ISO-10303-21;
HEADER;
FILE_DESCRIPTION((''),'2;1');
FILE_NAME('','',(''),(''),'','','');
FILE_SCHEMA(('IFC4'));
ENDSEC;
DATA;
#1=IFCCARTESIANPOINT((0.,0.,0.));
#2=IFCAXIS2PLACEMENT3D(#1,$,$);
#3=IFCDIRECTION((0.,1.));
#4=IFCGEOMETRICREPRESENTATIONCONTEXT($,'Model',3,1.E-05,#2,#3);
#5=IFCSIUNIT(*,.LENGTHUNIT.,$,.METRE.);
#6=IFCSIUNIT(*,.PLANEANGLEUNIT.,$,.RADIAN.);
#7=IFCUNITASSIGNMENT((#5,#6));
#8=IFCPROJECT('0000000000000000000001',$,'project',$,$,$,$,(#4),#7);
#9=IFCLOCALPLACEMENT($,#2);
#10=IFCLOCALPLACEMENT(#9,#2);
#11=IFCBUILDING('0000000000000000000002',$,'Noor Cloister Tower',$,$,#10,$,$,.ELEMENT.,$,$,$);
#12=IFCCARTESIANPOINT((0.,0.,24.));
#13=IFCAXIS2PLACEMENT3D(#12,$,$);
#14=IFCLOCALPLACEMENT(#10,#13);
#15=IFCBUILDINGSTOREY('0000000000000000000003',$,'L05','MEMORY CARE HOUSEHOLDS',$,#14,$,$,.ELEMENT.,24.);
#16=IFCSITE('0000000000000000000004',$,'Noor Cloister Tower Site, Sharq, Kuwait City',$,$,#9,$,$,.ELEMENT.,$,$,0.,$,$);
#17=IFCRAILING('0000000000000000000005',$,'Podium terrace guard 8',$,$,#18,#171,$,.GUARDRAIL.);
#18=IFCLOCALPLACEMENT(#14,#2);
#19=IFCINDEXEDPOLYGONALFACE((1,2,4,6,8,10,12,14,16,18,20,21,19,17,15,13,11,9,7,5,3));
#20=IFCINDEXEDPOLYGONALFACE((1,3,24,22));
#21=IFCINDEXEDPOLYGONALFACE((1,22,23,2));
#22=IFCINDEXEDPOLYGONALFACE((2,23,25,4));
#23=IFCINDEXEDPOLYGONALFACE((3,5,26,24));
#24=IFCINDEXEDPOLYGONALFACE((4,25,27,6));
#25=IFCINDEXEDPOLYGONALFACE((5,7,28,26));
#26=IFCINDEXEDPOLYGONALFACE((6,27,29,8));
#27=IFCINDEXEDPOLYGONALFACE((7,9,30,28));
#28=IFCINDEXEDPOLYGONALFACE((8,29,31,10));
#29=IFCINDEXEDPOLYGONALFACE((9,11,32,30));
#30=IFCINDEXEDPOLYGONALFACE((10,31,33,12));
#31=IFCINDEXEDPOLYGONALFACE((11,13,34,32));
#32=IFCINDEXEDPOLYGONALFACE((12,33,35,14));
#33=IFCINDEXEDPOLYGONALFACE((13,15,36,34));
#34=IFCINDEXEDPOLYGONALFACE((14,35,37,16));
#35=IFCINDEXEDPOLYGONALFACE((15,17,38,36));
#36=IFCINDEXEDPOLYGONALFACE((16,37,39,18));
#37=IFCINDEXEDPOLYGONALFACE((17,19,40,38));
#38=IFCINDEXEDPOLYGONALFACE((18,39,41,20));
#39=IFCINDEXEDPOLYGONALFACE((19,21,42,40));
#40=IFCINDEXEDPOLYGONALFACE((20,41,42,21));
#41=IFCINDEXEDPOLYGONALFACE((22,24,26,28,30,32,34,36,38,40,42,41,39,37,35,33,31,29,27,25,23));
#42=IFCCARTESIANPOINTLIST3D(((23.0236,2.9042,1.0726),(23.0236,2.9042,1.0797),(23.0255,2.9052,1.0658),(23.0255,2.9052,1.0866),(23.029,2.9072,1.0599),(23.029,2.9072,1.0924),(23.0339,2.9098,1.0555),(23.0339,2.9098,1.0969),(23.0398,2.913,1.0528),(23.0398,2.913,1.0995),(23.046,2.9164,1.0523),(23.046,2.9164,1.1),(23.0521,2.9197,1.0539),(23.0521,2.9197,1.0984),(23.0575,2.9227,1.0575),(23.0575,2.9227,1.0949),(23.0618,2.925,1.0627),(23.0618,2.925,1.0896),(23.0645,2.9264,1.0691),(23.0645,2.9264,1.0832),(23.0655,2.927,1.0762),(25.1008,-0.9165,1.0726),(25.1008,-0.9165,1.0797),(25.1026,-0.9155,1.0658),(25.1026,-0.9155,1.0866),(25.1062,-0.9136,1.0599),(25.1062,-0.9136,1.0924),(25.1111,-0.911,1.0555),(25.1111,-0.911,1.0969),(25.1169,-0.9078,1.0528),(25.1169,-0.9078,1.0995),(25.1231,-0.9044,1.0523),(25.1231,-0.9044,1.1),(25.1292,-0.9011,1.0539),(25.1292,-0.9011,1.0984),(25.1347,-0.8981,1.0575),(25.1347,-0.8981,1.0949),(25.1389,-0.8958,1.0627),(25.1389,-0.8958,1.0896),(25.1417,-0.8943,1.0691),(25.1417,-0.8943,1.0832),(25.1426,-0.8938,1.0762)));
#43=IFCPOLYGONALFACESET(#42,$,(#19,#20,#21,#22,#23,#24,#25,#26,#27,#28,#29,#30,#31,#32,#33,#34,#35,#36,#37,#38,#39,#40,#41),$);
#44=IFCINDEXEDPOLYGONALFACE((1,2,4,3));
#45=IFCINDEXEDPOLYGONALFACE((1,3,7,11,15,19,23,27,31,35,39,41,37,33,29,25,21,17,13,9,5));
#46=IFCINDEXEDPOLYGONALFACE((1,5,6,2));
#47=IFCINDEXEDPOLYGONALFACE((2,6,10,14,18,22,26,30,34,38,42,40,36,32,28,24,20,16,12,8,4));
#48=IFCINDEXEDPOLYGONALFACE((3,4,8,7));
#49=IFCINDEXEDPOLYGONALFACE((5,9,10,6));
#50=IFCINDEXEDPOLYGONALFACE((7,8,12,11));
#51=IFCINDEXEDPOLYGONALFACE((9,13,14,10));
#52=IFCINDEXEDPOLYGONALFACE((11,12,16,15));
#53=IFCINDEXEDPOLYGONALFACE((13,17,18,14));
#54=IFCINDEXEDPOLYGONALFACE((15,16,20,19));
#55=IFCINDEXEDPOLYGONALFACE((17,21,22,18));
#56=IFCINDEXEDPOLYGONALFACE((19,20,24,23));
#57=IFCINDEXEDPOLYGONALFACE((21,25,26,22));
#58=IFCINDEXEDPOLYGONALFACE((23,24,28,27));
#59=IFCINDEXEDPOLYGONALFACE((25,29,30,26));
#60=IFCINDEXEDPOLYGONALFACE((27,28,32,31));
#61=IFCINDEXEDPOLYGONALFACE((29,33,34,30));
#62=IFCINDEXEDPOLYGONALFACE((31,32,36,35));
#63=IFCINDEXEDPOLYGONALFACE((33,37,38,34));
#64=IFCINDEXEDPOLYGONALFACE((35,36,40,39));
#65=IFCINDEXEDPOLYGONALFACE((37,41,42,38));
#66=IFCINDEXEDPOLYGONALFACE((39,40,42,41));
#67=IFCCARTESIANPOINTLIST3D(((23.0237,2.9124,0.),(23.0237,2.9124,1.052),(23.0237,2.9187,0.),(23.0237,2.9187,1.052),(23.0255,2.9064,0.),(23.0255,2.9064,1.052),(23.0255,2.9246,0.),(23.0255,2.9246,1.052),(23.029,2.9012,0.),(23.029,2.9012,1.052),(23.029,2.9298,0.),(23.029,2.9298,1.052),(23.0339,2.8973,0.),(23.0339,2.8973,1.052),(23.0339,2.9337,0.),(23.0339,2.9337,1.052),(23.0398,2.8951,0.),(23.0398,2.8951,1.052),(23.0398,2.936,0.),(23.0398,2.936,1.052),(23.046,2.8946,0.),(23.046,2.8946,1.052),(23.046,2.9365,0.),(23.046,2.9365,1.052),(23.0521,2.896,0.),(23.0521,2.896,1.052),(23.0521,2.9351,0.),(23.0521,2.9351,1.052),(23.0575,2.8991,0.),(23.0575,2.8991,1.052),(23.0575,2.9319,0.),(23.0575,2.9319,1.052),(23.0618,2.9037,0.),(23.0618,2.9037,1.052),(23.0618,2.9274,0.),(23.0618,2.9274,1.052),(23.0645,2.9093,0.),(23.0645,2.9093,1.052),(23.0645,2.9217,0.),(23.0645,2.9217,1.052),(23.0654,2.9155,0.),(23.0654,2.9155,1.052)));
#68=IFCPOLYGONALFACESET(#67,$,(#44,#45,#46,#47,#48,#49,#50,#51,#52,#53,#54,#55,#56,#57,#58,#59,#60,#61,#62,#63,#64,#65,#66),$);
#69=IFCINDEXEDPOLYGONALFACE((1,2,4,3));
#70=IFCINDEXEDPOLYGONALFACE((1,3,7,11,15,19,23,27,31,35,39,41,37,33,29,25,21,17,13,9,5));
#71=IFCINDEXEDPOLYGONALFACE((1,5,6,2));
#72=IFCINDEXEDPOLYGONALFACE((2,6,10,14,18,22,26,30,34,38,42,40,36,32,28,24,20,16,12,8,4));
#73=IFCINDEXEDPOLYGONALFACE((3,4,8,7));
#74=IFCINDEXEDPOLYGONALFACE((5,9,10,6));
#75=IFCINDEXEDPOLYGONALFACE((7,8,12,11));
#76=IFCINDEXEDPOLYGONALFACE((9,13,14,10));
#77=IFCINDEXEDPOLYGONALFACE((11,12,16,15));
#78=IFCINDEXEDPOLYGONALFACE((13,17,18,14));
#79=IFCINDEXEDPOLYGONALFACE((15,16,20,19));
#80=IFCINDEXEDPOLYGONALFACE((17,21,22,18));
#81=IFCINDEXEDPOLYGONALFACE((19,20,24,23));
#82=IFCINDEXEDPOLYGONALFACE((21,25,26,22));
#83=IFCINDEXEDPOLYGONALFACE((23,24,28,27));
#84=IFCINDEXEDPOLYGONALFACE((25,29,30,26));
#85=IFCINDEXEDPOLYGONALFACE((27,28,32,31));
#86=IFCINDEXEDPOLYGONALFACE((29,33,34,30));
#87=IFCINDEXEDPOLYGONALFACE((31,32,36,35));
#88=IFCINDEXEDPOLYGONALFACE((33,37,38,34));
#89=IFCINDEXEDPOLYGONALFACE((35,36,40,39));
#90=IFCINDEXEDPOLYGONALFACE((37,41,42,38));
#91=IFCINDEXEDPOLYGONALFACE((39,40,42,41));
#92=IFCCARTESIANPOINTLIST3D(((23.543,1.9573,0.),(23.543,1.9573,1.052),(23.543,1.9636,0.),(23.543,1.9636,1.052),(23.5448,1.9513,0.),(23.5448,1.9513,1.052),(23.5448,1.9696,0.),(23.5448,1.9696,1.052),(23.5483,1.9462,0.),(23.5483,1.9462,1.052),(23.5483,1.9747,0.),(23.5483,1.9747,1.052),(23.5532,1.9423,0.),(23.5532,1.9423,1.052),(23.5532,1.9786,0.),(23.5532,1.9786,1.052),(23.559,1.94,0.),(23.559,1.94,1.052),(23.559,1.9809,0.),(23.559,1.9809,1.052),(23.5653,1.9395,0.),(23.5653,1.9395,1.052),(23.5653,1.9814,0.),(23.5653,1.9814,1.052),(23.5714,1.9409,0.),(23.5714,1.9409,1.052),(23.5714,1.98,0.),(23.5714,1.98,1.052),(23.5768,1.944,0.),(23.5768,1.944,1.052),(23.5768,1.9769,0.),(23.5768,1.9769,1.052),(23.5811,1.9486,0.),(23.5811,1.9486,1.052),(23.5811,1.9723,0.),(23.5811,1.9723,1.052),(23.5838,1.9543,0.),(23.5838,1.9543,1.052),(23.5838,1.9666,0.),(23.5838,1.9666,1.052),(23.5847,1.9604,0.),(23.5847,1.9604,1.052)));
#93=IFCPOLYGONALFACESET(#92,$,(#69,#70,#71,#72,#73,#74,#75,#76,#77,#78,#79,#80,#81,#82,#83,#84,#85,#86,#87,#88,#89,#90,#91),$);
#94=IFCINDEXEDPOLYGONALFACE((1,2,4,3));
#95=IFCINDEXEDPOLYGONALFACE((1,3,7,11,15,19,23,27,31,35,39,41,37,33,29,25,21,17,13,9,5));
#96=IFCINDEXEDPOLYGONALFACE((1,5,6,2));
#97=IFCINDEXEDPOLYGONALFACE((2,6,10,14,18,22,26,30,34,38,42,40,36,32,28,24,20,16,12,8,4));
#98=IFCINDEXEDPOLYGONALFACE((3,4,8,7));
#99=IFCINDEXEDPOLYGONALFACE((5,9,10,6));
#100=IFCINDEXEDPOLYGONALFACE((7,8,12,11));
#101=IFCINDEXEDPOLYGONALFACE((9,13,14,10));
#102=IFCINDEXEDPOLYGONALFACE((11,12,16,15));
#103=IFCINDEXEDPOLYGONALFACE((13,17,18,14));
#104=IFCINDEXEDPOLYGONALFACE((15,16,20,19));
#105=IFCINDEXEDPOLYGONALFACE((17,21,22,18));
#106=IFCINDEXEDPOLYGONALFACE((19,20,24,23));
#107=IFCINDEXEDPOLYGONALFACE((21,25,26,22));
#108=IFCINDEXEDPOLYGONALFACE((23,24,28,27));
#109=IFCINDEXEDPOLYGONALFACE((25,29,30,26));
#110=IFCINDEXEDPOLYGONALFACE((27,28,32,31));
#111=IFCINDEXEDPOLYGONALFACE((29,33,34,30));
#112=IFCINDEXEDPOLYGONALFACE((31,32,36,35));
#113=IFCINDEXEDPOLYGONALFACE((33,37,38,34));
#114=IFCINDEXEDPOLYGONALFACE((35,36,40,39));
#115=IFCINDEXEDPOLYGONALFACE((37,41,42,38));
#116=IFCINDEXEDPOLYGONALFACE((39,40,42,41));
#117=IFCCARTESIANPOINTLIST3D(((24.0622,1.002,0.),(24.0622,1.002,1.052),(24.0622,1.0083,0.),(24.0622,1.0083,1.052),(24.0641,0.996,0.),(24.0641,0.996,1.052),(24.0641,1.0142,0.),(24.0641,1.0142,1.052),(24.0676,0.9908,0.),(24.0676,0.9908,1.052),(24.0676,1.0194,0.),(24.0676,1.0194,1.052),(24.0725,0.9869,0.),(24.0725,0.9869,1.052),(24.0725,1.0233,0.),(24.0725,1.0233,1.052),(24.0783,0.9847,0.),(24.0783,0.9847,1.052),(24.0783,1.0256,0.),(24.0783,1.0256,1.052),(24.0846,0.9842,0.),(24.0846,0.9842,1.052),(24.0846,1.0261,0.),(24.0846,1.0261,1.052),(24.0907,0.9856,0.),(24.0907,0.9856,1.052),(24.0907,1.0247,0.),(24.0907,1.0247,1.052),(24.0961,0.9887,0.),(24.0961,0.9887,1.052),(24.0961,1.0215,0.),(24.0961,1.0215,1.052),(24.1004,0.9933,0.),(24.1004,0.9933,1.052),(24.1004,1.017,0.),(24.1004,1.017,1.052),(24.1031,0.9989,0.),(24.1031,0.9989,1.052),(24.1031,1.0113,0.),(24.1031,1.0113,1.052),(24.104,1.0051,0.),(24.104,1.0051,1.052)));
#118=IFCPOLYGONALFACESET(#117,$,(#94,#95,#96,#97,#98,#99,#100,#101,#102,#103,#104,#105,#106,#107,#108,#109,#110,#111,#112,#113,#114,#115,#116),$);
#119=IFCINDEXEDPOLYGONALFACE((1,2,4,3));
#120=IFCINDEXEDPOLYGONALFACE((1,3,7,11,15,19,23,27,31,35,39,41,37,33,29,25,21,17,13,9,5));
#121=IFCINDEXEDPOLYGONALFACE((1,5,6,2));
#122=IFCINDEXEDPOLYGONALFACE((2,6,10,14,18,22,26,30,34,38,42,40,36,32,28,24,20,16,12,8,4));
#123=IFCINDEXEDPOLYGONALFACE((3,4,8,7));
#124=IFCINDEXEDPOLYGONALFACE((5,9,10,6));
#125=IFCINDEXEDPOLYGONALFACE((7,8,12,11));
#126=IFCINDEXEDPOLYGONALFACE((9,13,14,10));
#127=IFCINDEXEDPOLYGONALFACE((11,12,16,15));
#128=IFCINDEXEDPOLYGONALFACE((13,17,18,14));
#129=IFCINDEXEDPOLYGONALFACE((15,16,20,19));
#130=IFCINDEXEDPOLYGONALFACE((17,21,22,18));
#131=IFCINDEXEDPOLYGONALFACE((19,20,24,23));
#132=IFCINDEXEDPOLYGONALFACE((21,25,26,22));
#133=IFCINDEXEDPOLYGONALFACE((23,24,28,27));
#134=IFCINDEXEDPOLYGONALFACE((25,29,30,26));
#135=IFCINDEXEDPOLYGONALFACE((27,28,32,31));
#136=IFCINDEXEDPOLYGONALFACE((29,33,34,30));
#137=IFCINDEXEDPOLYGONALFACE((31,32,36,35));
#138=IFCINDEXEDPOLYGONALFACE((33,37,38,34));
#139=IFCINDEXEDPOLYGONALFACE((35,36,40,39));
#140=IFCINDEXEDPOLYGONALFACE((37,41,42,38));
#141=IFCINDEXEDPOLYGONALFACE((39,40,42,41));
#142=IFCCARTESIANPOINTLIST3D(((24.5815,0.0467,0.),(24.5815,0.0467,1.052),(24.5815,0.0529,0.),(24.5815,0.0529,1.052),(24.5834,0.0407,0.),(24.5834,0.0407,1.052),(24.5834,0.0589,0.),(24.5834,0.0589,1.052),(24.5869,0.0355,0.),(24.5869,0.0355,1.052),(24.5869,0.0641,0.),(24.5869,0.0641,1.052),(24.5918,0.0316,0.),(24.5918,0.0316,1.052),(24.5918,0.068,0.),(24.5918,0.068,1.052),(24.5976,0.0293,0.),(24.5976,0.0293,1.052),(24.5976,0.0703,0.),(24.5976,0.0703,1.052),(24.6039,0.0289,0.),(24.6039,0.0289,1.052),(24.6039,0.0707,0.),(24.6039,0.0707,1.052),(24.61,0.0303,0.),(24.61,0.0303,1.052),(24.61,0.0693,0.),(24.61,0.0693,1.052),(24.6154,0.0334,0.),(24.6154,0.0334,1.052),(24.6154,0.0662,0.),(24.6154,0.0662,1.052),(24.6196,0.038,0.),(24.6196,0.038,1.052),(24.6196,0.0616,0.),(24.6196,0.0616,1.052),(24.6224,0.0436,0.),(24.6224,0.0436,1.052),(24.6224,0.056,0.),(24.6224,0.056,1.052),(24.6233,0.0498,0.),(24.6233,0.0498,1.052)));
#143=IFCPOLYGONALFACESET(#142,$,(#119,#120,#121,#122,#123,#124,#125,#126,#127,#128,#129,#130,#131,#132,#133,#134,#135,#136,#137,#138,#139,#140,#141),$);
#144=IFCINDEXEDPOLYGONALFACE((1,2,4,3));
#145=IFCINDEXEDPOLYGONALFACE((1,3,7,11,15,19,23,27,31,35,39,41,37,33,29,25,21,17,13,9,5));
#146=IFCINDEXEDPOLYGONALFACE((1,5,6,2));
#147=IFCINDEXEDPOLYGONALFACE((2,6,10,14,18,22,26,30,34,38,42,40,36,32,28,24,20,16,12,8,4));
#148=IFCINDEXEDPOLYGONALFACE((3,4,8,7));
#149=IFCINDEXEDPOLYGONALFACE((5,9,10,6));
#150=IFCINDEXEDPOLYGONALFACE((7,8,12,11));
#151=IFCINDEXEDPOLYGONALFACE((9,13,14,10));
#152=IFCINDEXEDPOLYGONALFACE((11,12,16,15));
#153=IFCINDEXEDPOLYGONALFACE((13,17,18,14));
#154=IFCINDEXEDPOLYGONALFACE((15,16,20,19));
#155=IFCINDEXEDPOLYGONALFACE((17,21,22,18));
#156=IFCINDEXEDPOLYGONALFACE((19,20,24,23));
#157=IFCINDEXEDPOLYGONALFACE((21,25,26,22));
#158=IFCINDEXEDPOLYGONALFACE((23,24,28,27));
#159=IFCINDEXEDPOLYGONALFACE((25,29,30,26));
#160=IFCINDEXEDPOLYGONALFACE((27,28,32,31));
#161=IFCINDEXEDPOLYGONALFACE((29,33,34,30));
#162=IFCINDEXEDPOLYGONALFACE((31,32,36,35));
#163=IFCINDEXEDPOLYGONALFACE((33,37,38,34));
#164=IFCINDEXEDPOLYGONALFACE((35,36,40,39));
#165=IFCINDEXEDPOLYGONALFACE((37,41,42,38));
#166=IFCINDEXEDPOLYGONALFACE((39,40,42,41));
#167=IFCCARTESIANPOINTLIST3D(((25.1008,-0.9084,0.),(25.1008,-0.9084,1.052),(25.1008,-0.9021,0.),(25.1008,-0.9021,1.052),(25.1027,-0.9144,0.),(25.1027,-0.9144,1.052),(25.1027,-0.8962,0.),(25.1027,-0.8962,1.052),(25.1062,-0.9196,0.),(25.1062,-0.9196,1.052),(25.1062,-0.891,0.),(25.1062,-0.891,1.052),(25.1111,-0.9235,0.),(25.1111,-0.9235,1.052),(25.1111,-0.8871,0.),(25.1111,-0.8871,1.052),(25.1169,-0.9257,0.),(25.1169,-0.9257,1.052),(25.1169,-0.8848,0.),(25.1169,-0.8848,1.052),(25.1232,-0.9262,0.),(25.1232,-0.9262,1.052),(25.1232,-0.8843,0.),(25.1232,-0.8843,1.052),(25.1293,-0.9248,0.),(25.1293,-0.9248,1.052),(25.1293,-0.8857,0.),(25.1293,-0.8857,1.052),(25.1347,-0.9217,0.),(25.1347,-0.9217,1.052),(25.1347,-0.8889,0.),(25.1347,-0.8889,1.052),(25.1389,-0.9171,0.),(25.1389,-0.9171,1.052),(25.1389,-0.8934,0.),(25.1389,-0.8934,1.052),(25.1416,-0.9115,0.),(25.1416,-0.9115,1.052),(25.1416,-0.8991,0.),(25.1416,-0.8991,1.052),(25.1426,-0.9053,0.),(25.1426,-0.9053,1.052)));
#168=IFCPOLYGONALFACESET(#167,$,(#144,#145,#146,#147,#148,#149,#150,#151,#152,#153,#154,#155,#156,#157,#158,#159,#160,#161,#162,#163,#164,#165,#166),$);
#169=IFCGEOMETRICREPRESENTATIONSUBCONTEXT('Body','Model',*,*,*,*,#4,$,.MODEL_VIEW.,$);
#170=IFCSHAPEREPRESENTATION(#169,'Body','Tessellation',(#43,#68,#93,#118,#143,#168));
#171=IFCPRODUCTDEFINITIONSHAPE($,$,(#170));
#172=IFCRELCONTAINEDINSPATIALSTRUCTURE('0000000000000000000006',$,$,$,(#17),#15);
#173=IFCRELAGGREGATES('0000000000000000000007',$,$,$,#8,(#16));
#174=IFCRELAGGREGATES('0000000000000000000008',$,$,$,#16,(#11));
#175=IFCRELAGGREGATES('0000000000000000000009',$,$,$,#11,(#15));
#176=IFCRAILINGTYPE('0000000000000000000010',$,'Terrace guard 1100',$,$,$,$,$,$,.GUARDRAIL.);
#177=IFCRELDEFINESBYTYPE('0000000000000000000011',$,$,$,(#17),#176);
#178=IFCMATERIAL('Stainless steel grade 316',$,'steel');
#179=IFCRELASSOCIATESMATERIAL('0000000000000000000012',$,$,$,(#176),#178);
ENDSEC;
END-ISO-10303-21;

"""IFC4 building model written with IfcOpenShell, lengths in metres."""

from ifc_helpers import new_model, si_unit, direction, frame, origin, origin_2d, place, context, subcontext, project, spatial, circle, extrude, material, type_object, element, save


model = new_model("IFC4")

# Units and contexts
model_context = context("Model", 3, precision=1e-05, world=origin(), true_north=direction((0.0, 1.0)))
body_context = subcontext(model_context, "Body", "Model", "MODEL_VIEW")
ifc_project = project(units=[si_unit("LENGTHUNIT", "METRE"), si_unit("PLANEANGLEUNIT", "RADIAN")], contexts=[model_context])

# Site, building, storey
site_placement = place(None, origin())
site = spatial("IfcSite", under=ifc_project, at=site_placement, Name="Noor Cloister Tower Site, Sharq, Kuwait City", CompositionType="ELEMENT", RefElevation=0.0)
building_placement = place(site_placement, origin())
building = spatial("IfcBuilding", under=site, at=building_placement, Name="Noor Cloister Tower", CompositionType="ELEMENT")
storey_placement = place(building_placement, frame((0.0, 0.0, 24.0)))
storey = spatial("IfcBuildingStorey", under=building, at=storey_placement, Name="L05", Description="MEMORY CARE HOUSEHOLDS", CompositionType="ELEMENT", Elevation=24.0)

# Railing
ifc_material_1 = material(Name="Stainless steel grade 316", Category="steel")
railing_type = type_object("IfcRailingType", Name="Terrace guard 1100", PredefinedType="GUARDRAIL", material=ifc_material_1)
railing_1_placement = place(storey_placement, frame((23.0444, 2.9155, 0.0)))
element("IfcRailing", 1, at=railing_1_placement, inside=storey, type_object=railing_type, Name="Podium terrace guard 8", PredefinedType="GUARDRAIL", context=body_context, shape_type="SweptSolid", body=[
    extrude(circle(Radius=0.0239, at=origin_2d()), frame((0.0, 0.0, 1.0762), z_axis=(0.477624, -0.878564, 0.0), x_axis=(0.878564, 0.477624, 0.0)), (0.0, 0.0, 1.0), 4.3489),
    extrude(circle(Radius=0.021, at=origin_2d()), origin(), (0.0, 0.0, 1.0), 1.052),
    extrude(circle(Radius=0.021, at=origin_2d()), frame((0.5193, -0.9551, 0.0)), (0.0, 0.0, 1.0), 1.052),
    extrude(circle(Radius=0.021, at=origin_2d()), frame((1.0386, -1.9104, 0.0)), (0.0, 0.0, 1.0), 1.052),
    extrude(circle(Radius=0.021, at=origin_2d()), frame((1.5579, -2.8657, 0.0)), (0.0, 0.0, 1.0), 1.052),
    extrude(circle(Radius=0.021, at=origin_2d()), frame((2.0771, -3.8208, 0.0)), (0.0, 0.0, 1.0), 1.052),
])

save(model, "model.ifc")
